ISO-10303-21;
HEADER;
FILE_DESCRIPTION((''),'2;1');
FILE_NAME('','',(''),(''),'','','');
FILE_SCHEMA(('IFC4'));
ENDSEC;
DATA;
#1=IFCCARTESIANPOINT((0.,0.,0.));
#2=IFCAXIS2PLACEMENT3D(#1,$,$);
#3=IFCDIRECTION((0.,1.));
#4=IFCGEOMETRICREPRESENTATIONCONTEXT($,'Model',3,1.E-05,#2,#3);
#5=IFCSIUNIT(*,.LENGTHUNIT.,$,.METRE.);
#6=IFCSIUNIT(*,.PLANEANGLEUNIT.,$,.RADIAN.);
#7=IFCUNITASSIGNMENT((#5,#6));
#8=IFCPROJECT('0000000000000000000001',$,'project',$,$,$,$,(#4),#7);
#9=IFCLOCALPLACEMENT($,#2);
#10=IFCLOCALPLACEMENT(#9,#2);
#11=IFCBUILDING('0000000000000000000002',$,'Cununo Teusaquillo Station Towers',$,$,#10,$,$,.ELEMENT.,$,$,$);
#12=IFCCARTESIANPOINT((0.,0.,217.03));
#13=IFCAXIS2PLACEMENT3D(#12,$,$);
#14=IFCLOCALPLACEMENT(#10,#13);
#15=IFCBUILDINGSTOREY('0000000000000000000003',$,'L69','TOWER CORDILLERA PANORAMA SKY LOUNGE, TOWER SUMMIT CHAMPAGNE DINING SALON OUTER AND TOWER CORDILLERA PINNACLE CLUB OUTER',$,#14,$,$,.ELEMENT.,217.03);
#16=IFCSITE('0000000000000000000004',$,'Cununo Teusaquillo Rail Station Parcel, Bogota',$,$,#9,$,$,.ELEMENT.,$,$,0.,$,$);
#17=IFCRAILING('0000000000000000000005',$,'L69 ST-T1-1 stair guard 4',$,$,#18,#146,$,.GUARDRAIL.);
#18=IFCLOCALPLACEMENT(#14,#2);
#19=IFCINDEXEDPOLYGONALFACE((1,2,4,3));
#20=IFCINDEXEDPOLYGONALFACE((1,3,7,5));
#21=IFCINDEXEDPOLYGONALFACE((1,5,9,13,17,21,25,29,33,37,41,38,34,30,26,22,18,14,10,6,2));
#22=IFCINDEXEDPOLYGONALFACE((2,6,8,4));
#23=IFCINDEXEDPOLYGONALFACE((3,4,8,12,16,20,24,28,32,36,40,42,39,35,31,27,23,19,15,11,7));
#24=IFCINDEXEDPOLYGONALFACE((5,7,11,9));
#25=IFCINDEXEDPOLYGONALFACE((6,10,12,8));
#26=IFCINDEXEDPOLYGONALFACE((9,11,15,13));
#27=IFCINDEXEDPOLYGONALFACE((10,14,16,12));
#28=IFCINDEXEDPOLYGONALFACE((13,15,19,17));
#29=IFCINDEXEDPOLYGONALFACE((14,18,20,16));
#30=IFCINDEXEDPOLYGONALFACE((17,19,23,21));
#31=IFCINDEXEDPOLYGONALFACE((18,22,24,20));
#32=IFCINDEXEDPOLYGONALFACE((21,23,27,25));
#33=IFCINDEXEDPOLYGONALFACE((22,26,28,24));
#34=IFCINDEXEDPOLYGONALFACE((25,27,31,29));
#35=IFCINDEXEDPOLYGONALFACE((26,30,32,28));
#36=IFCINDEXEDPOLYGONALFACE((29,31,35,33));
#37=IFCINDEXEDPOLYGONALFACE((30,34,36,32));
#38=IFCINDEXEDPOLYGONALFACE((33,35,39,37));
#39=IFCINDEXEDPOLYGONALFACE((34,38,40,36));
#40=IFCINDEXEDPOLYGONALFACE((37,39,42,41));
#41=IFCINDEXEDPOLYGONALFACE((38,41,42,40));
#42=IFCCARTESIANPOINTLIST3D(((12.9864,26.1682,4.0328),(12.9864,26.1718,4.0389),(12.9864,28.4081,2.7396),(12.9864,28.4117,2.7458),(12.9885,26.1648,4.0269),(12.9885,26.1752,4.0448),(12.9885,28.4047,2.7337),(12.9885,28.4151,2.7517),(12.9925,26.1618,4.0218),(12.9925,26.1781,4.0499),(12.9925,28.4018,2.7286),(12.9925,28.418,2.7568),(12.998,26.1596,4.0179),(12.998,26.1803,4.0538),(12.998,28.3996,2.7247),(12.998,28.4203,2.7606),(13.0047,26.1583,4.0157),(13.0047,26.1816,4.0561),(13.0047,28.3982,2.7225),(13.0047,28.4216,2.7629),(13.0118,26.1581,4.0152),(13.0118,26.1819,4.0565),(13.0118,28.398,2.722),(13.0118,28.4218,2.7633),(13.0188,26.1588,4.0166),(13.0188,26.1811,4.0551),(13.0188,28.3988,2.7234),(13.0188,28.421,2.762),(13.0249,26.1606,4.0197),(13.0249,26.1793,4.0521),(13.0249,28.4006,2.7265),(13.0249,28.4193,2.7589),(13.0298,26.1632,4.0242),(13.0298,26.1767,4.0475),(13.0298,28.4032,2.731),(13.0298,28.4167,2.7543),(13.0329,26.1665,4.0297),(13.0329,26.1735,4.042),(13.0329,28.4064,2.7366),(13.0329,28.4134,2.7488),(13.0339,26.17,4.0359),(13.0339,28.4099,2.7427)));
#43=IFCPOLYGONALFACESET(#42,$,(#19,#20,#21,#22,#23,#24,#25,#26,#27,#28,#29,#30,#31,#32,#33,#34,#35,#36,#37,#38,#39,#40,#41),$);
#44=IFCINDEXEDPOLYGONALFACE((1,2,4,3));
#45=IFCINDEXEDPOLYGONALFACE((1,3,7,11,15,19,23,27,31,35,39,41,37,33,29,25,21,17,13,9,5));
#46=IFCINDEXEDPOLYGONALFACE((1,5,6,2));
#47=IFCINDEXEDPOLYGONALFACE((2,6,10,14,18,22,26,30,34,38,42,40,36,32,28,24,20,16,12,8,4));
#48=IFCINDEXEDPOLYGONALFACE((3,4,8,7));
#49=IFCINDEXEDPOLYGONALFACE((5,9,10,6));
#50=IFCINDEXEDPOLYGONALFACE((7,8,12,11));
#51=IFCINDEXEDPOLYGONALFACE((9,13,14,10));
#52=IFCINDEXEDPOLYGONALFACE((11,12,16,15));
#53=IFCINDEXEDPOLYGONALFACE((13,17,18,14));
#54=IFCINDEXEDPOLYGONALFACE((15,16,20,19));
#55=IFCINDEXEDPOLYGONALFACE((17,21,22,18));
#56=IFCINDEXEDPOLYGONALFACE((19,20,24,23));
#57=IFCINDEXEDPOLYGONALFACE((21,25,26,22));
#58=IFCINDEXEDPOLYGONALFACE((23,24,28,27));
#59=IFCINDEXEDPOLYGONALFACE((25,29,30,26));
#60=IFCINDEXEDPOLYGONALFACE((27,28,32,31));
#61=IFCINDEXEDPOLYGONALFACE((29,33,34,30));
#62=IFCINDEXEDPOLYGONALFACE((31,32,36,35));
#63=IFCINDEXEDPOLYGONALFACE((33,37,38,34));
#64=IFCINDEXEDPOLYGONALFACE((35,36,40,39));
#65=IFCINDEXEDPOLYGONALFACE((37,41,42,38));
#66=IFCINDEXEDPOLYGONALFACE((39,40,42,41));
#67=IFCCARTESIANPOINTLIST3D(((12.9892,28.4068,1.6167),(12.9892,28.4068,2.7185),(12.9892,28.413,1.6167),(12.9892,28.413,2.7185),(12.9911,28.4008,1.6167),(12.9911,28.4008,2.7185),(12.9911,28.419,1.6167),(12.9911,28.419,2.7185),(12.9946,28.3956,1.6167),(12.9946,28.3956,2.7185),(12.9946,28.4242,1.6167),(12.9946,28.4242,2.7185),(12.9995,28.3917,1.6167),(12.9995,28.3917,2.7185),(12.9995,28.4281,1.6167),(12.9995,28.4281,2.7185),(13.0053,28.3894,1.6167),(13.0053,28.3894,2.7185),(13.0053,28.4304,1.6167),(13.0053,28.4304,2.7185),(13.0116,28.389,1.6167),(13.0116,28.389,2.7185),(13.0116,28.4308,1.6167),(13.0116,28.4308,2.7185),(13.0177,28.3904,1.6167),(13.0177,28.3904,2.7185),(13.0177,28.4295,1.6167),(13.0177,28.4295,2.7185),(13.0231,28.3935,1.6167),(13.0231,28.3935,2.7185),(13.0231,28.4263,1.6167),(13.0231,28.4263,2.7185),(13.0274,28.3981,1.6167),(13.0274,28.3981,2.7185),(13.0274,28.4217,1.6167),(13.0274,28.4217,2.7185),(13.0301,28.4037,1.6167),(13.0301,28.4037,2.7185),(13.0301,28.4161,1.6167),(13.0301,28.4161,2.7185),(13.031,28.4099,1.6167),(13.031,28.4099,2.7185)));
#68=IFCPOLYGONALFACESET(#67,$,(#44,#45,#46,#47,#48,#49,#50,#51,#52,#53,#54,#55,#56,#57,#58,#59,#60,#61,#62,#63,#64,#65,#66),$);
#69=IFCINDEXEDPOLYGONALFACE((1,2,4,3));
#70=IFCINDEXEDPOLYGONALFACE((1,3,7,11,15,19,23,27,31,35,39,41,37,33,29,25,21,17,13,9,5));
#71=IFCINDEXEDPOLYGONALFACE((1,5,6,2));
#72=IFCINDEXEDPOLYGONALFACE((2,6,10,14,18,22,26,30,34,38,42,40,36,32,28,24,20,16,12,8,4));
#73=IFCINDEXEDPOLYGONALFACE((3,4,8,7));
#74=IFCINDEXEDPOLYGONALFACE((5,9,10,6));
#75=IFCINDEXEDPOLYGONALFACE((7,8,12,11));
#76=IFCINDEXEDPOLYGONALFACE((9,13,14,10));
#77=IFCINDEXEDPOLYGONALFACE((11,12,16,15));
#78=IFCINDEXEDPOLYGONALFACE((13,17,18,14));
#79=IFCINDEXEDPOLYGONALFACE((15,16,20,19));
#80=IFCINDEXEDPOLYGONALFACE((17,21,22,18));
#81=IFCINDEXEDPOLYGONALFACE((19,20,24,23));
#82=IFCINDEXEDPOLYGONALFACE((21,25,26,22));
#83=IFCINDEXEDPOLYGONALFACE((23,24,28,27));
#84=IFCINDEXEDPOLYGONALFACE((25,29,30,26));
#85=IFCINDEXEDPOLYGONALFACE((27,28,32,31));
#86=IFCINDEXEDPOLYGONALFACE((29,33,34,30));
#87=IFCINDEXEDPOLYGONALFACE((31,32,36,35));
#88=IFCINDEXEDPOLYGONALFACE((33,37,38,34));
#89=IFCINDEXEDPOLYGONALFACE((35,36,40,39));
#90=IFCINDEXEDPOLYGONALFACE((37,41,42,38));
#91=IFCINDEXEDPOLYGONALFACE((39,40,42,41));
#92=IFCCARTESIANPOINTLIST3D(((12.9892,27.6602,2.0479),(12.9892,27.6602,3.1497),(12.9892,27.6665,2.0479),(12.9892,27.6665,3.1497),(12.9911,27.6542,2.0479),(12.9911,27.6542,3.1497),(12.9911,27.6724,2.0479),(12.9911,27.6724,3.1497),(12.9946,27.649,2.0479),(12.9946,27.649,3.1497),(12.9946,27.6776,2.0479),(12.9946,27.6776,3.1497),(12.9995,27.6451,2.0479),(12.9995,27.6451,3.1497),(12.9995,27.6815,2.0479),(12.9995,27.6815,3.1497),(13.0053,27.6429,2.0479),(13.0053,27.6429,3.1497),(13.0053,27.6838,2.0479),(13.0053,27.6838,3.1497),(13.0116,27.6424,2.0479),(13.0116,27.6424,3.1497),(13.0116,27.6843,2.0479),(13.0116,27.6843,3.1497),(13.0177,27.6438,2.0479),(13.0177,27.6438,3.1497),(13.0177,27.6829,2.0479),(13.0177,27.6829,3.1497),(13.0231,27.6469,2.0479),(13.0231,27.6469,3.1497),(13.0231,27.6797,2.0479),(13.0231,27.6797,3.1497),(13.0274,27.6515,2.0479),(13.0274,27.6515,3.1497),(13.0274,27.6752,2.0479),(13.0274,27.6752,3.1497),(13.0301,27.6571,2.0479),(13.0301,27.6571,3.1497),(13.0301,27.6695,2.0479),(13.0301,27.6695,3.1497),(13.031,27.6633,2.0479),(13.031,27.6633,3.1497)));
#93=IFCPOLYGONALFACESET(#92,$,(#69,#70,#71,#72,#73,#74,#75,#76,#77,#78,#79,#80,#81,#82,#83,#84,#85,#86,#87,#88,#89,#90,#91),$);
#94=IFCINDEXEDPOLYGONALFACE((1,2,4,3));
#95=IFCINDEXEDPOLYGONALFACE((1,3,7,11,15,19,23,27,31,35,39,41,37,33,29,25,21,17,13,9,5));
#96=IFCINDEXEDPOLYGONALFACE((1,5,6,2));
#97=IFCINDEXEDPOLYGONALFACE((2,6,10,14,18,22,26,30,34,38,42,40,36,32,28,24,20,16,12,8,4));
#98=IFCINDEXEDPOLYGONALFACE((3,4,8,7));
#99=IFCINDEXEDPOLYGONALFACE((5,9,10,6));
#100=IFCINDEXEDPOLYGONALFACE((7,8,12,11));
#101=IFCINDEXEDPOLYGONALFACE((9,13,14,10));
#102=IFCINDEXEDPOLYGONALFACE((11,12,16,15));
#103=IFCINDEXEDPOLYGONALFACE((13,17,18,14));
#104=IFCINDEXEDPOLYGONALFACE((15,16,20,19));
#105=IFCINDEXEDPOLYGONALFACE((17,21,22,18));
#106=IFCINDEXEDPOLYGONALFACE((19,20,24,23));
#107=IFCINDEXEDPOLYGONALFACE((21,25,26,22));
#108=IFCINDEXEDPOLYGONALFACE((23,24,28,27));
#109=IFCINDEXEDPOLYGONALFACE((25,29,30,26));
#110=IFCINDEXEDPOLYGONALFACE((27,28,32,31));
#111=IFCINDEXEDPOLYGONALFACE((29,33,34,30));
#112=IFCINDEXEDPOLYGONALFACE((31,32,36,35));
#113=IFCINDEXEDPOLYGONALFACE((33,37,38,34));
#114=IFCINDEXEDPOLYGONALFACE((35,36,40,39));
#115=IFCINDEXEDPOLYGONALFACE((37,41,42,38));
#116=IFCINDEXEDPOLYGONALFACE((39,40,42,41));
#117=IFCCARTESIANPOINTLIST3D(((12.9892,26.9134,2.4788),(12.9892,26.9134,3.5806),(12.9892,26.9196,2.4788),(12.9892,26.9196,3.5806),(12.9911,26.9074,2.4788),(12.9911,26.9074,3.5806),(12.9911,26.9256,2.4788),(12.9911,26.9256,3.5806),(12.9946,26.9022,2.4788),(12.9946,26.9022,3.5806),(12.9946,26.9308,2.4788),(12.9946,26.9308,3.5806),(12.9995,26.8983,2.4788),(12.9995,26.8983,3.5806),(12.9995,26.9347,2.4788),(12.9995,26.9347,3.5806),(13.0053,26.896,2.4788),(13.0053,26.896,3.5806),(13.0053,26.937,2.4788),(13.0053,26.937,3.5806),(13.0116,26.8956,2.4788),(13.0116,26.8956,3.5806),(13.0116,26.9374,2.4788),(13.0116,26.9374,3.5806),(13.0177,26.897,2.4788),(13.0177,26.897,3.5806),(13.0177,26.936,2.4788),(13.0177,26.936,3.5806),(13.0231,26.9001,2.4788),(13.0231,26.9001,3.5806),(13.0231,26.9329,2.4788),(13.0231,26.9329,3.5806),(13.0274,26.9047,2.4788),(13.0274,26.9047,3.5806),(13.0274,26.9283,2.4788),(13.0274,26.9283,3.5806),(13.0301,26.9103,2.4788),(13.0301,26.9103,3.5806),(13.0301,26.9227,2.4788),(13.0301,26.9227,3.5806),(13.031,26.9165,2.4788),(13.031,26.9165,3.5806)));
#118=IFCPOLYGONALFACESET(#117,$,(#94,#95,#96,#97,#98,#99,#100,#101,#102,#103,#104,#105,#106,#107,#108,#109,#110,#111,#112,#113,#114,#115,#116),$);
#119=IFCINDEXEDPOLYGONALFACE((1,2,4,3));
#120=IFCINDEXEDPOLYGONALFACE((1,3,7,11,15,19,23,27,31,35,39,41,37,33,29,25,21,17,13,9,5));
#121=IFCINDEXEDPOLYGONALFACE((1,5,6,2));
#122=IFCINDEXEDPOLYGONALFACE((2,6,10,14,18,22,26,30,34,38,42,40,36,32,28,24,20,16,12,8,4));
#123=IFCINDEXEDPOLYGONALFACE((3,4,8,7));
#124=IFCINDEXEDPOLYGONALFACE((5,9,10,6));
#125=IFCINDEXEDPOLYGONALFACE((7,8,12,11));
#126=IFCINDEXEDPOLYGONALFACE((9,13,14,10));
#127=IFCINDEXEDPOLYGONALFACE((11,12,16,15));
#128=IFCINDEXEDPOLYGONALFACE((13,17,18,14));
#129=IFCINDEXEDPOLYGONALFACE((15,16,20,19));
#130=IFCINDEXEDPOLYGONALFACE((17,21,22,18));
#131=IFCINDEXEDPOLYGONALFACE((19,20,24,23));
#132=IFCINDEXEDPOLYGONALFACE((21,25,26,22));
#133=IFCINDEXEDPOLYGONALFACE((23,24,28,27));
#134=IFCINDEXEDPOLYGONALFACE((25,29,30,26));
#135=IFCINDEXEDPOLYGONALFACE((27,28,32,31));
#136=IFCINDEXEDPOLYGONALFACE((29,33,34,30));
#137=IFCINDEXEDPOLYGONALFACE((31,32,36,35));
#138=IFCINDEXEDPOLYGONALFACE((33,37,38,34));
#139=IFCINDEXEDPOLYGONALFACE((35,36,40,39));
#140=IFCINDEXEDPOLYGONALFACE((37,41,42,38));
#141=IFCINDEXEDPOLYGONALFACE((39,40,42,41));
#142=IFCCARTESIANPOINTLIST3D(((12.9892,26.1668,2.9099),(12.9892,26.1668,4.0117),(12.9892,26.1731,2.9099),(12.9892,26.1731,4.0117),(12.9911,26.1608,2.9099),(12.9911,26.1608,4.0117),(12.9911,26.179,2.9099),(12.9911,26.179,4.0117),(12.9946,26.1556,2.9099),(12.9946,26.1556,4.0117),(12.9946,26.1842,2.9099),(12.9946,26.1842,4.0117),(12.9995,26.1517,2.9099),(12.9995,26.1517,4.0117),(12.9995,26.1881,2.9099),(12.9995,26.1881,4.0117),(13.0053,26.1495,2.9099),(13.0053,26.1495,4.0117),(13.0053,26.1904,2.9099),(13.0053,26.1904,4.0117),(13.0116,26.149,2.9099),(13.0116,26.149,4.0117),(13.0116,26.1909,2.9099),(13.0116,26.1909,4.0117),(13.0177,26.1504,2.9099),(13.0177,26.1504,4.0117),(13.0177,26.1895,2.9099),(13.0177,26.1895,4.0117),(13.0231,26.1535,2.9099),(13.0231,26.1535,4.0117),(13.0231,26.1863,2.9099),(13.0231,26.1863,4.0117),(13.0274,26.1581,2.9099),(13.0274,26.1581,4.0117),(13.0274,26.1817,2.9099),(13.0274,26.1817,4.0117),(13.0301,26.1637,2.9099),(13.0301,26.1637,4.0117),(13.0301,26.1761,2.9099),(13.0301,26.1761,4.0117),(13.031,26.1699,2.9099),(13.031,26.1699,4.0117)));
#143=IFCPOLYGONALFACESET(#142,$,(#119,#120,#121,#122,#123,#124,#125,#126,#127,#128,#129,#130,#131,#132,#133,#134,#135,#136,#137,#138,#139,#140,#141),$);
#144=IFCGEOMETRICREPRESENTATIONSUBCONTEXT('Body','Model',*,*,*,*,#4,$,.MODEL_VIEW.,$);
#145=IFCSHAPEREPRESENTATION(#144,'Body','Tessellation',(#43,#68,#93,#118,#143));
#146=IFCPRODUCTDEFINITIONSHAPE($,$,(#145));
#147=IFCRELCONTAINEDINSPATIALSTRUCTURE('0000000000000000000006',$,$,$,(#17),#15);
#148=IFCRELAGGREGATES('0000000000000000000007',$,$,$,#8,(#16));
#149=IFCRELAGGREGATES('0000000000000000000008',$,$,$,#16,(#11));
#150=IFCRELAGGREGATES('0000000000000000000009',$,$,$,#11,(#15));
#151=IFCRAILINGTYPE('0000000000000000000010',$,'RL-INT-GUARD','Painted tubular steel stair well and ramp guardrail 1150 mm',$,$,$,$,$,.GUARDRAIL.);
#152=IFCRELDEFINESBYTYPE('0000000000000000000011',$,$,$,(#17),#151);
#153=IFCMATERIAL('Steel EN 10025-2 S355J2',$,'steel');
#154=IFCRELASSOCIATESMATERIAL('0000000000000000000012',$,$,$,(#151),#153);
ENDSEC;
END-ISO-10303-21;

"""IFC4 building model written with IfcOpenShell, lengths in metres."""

from ifc_helpers import new_model, si_unit, direction, frame, origin, origin_2d, place, context, subcontext, project, spatial, circle, extrude, material, type_object, element, save


model = new_model("IFC4")

# Units and contexts
model_context = context("Model", 3, precision=1e-05, world=origin(), true_north=direction((0.0, 1.0)))
body_context = subcontext(model_context, "Body", "Model", "MODEL_VIEW")
ifc_project = project(units=[si_unit("LENGTHUNIT", "METRE"), si_unit("PLANEANGLEUNIT", "RADIAN")], contexts=[model_context])

# Site, building, storey
site_placement = place(None, origin())
site = spatial("IfcSite", under=ifc_project, at=site_placement, Name="Cununo Teusaquillo Rail Station Parcel, Bogota", CompositionType="ELEMENT", RefElevation=0.0)
building_placement = place(site_placement, origin())
building = spatial("IfcBuilding", under=site, at=building_placement, Name="Cununo Teusaquillo Station Towers", CompositionType="ELEMENT")
storey_placement = place(building_placement, frame((0.0, 0.0, 217.03)))
storey = spatial("IfcBuildingStorey", under=building, at=storey_placement, Name="L69", Description="TOWER CORDILLERA PANORAMA SKY LOUNGE, TOWER SUMMIT CHAMPAGNE DINING SALON OUTER AND TOWER CORDILLERA PINNACLE CLUB OUTER", CompositionType="ELEMENT", Elevation=217.03)

# Railing
ifc_material_1 = material(Name="Steel EN 10025-2 S355J2", Category="steel")
railing_type_1 = type_object("IfcRailingType", Name="RL-INT-GUARD", Description="Painted tubular steel stair well and ramp guardrail 1150 mm", PredefinedType="GUARDRAIL", material=ifc_material_1)
railing_1_placement = place(storey_placement, frame((13.01, 28.4099, 1.6167)))
element("IfcRailing", 1, at=railing_1_placement, inside=storey, type_object=railing_type_1, Name="L69 ST-T1-1 stair guard 4", PredefinedType="GUARDRAIL", context=body_context, shape_type="SweptSolid", body=[
    extrude(circle(Radius=0.0239, at=origin_2d()), frame((0.0, 0.0, 1.126), z_axis=(0.0, -0.866033, 0.499987), x_axis=(1.0, 0.0, 0.0)), (0.0, 0.0, 1.0), 2.5864),
    extrude(circle(Radius=0.021, at=origin_2d()), origin(), (0.0, 0.0, 1.0), 1.1018),
    extrude(circle(Radius=0.021, at=origin_2d()), frame((0.0, -0.7466, 0.4312)), (0.0, 0.0, 1.0), 1.1018),
    extrude(circle(Radius=0.021, at=origin_2d()), frame((0.0, -1.4934, 0.8621)), (0.0, 0.0, 1.0), 1.1018),
    extrude(circle(Radius=0.021, at=origin_2d()), frame((0.0, -2.24, 1.2932)), (0.0, 0.0, 1.0), 1.1018),
])

save(model, "model.ifc")
